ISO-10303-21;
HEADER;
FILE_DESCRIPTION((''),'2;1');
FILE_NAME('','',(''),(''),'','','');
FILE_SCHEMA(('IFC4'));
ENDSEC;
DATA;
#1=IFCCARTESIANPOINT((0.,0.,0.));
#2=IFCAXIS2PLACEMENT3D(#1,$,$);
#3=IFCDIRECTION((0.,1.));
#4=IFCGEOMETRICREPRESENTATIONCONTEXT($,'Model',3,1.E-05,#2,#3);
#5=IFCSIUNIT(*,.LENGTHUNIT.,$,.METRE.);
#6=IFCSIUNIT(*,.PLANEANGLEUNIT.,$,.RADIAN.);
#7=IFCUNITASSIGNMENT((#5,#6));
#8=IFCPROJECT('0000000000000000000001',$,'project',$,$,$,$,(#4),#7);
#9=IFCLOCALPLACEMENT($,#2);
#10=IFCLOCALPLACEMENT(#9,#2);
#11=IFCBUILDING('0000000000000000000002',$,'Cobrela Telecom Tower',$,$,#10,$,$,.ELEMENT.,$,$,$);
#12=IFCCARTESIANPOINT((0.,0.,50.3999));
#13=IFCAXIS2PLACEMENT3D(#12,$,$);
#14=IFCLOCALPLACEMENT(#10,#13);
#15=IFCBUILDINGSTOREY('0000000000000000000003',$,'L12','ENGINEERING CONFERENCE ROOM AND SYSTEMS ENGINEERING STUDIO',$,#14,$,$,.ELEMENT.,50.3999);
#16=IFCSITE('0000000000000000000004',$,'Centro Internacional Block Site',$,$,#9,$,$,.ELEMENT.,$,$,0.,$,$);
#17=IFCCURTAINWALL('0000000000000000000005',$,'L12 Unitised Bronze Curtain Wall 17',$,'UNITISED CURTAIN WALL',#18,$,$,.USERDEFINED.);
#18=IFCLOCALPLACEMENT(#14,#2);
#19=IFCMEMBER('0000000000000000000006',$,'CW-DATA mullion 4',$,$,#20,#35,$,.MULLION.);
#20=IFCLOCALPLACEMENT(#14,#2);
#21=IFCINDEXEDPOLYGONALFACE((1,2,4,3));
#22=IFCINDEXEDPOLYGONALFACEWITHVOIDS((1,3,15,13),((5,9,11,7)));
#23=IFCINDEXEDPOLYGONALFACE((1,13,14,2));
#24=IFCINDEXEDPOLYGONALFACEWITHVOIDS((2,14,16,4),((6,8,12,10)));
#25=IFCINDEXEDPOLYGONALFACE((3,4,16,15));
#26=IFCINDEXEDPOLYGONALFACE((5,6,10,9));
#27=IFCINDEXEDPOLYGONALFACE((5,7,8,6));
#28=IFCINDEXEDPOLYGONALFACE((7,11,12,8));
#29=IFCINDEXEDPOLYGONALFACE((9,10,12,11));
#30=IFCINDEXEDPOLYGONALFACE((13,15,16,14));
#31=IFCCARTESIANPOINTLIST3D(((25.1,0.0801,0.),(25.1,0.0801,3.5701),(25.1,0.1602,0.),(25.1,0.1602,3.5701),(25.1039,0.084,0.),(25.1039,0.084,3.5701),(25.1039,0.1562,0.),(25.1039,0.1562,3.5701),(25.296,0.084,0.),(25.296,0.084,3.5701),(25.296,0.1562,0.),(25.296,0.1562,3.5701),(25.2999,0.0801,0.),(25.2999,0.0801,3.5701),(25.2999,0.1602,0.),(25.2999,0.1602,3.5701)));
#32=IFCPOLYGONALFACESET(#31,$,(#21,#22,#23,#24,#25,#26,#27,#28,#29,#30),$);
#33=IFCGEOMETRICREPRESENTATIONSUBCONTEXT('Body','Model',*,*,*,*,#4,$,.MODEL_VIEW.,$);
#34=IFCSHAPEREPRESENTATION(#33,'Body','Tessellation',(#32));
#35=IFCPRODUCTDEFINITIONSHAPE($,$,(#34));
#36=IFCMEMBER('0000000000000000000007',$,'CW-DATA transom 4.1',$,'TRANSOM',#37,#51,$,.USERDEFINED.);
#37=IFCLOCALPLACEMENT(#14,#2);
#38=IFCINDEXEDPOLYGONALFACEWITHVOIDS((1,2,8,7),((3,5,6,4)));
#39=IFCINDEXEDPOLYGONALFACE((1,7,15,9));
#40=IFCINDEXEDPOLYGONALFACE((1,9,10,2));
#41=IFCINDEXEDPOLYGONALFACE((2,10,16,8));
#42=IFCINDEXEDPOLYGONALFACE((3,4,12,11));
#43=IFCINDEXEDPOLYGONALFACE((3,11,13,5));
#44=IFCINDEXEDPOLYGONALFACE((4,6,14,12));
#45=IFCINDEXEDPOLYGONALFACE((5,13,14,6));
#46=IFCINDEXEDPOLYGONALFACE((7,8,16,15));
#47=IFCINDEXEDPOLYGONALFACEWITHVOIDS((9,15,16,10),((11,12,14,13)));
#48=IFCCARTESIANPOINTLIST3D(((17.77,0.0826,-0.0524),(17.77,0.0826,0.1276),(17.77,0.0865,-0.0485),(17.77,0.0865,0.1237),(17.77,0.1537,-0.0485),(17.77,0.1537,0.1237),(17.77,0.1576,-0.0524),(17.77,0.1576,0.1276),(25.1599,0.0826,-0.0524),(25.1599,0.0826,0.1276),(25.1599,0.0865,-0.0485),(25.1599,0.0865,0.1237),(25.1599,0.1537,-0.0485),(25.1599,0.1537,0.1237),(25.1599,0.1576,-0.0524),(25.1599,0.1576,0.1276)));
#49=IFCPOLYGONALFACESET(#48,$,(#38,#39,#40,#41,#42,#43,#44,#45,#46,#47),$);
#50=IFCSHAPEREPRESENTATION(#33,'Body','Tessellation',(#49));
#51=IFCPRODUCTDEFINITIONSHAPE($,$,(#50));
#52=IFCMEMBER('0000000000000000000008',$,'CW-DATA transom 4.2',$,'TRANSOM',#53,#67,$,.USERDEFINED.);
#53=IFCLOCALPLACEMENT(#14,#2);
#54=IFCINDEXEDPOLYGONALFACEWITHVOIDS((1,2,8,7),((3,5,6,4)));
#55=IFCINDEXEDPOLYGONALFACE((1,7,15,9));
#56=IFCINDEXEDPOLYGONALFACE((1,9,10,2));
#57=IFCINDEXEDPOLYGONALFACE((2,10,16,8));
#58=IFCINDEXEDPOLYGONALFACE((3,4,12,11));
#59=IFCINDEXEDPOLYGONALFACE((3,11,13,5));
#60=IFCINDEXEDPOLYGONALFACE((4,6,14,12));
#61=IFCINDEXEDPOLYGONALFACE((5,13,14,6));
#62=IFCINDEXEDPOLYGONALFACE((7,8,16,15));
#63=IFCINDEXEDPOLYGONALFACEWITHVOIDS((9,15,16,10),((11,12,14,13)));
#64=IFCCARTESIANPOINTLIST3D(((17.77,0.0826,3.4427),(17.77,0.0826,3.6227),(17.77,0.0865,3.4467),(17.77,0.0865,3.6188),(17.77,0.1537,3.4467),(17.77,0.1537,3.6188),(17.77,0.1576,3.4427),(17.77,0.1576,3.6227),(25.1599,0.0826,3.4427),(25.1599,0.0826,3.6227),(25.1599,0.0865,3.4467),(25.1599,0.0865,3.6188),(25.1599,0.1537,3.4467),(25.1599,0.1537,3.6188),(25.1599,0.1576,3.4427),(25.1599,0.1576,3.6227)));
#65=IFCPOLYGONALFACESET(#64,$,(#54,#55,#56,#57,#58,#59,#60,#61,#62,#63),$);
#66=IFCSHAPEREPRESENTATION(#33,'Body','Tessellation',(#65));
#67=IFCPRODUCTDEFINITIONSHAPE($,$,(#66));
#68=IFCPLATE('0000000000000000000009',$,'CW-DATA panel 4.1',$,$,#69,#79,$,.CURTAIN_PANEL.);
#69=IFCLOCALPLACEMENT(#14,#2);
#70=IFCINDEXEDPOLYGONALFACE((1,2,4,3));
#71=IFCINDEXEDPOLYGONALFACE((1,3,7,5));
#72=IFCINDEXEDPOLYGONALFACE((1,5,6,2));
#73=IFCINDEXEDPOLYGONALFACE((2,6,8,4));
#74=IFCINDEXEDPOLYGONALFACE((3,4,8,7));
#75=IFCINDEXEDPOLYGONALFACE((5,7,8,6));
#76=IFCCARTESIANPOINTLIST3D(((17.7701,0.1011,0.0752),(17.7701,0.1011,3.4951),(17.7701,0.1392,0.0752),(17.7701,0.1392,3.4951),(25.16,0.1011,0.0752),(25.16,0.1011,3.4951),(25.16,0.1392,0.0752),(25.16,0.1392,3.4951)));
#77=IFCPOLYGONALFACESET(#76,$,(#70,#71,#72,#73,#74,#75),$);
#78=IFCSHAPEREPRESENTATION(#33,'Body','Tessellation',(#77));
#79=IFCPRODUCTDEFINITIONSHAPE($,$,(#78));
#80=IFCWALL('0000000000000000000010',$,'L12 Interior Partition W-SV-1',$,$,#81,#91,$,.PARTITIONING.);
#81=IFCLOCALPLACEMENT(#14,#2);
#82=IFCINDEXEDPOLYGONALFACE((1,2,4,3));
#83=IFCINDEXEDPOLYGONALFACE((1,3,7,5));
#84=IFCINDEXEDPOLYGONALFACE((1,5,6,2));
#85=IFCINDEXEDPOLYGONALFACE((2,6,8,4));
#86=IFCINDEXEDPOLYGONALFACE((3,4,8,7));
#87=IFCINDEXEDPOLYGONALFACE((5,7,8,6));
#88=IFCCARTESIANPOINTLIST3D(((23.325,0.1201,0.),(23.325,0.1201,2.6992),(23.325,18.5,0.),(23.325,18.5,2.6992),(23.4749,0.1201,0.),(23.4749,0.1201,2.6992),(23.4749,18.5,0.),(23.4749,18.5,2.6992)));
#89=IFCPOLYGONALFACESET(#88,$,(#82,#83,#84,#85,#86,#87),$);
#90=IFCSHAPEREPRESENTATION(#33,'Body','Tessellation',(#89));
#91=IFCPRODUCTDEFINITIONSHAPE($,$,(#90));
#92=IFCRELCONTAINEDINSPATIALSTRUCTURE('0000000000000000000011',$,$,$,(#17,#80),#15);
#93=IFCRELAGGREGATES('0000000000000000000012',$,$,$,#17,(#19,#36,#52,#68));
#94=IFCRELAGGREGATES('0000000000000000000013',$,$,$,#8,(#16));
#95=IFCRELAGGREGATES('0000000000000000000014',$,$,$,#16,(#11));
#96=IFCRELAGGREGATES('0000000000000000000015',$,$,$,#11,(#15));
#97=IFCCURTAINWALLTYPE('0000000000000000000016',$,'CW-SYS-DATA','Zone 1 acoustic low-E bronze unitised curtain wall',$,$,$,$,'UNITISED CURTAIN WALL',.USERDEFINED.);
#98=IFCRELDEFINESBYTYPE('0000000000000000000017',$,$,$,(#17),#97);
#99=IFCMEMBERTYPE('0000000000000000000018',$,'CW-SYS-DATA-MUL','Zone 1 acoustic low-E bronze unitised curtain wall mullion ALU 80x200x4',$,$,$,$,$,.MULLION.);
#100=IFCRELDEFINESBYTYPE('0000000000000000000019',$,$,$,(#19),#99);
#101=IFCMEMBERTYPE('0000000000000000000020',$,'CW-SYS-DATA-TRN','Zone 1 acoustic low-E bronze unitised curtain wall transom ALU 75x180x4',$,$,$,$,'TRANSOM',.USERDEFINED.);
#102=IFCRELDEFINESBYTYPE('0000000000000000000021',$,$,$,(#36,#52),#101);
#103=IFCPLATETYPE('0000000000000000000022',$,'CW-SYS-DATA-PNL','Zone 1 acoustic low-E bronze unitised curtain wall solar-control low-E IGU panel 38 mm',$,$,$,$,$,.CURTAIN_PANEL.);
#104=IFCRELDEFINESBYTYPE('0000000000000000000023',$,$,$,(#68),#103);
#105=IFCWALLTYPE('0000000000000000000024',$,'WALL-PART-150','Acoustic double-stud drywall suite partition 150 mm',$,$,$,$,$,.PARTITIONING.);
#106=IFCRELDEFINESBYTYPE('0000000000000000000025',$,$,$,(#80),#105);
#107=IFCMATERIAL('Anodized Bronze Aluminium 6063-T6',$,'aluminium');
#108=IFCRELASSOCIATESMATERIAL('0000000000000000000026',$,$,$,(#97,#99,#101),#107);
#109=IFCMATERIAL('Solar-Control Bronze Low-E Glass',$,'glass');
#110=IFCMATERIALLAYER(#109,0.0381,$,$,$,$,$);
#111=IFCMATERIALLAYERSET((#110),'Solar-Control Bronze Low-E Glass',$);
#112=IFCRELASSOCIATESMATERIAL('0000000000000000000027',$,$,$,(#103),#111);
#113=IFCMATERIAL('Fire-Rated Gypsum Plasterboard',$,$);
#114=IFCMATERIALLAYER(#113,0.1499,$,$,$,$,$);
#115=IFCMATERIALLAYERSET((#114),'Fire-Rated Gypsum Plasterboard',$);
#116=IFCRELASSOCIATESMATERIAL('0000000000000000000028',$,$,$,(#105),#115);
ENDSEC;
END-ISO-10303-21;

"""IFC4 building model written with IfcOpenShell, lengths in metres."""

from ifc_helpers import new_model, si_unit, direction, frame, frame_2d, origin, origin_2d, place, context, subcontext, project, spatial, rectangle, hollow_rectangle, extrude, material, layer, layer_set, material_profile, profile_set, type_object, element, aggregate, save


model = new_model("IFC4")

# Units and contexts
model_context = context("Model", 3, precision=1e-05, world=origin(), true_north=direction((0.0, 1.0)))
body_context = subcontext(model_context, "Body", "Model", "MODEL_VIEW")
ifc_project = project(units=[si_unit("LENGTHUNIT", "METRE"), si_unit("PLANEANGLEUNIT", "RADIAN")], contexts=[model_context])

# Site, building, storey
site_placement = place(None, origin())
site = spatial("IfcSite", under=ifc_project, at=site_placement, Name="Centro Internacional Block Site", CompositionType="ELEMENT", RefElevation=0.0)
building_placement = place(site_placement, origin())
building = spatial("IfcBuilding", under=site, at=building_placement, Name="Cobrela Telecom Tower", CompositionType="ELEMENT")
storey_placement = place(building_placement, frame((0.0, 0.0, 50.3999)))
storey = spatial("IfcBuildingStorey", under=building, at=storey_placement, Name="L12", Description="ENGINEERING CONFERENCE ROOM AND SYSTEMS ENGINEERING STUDIO", CompositionType="ELEMENT", Elevation=50.3999)

# Curtain wall, members, plate
ifc_material_1 = material(Name="Anodized Bronze Aluminium 6063-T6", Category="aluminium")
curtain_wall_type = type_object("IfcCurtainWallType", Name="CW-SYS-DATA", Description="Zone 1 acoustic low-E bronze unitised curtain wall", ElementType="UNITISED CURTAIN WALL", PredefinedType="USERDEFINED", material=ifc_material_1)
curtain_wall_placement = place(storey_placement, origin())
curtain_wall = element("IfcCurtainWall", 1, at=curtain_wall_placement, inside=storey, type_object=curtain_wall_type, Name="L12 Unitised Bronze Curtain Wall 17", ObjectType="UNITISED CURTAIN WALL", PredefinedType="USERDEFINED")
ifc_material_profile_1 = material_profile(ifc_material_1, hollow_rectangle(XDim=0.0801, YDim=0.2, WallThickness=0.0039, at=origin_2d()), Name="ALU 80x200x4")
ifc_profile_set_1 = profile_set([ifc_material_profile_1], Name="Anodized Bronze Aluminium 6063-T6")
member_type_1 = type_object("IfcMemberType", Name="CW-SYS-DATA-MUL", Description="Zone 1 acoustic low-E bronze unitised curtain wall mullion ALU 80x200x4", PredefinedType="MULLION", material=ifc_profile_set_1)
member_1_placement = place(storey_placement, frame((25.2, 0.1201, 0.0), z_axis=(0.0, 0.0, 1.0), x_axis=(0.0, -1.0, 0.0)))
member_1 = element("IfcMember", 2, at=member_1_placement, type_object=member_type_1, Name="CW-DATA mullion 4", PredefinedType="MULLION", context=body_context, shape_type="SweptSolid", body=[
    extrude(hollow_rectangle(XDim=0.0801, YDim=0.2, WallThickness=0.0039, at=origin_2d()), origin(), (0.0, 0.0, 1.0), 3.5701),
])
ifc_material_profile_2 = material_profile(ifc_material_1, hollow_rectangle(XDim=0.075, YDim=0.1799, WallThickness=0.0039, at=origin_2d()), Name="ALU 75x180x4")
ifc_profile_set_2 = profile_set([ifc_material_profile_2], Name="Anodized Bronze Aluminium 6063-T6")
member_type_2 = type_object("IfcMemberType", Name="CW-SYS-DATA-TRN", Description="Zone 1 acoustic low-E bronze unitised curtain wall transom ALU 75x180x4", ElementType="TRANSOM", PredefinedType="USERDEFINED", material=ifc_profile_set_2)
member_2_placement = place(storey_placement, frame((25.1599, 0.1201, 0.0376), z_axis=(-1.0, 0.0, 0.0), x_axis=(0.0, -1.0, 0.0)))
member_2 = element("IfcMember", 3, at=member_2_placement, type_object=member_type_2, Name="CW-DATA transom 4.1", ObjectType="TRANSOM", PredefinedType="USERDEFINED", context=body_context, shape_type="SweptSolid", body=[
    extrude(hollow_rectangle(XDim=0.075, YDim=0.1799, WallThickness=0.0039, at=origin_2d()), origin(), (0.0, 0.0, 1.0), 7.3899),
])
member_3_placement = place(storey_placement, frame((25.1599, 0.1201, 3.5327), z_axis=(-1.0, 0.0, 0.0), x_axis=(0.0, -1.0, 0.0)))
member_3 = element("IfcMember", 4, at=member_3_placement, type_object=member_type_2, Name="CW-DATA transom 4.2", ObjectType="TRANSOM", PredefinedType="USERDEFINED", context=body_context, shape_type="SweptSolid", body=[
    extrude(hollow_rectangle(XDim=0.075, YDim=0.1799, WallThickness=0.0039, at=origin_2d()), origin(), (0.0, 0.0, 1.0), 7.3899),
])
ifc_material_2 = material(Name="Solar-Control Bronze Low-E Glass", Category="glass")
ifc_layer_1 = layer(ifc_material_2, 0.0381)
ifc_layer_set_1 = layer_set([ifc_layer_1], Name="Solar-Control Bronze Low-E Glass")
plate_type = type_object("IfcPlateType", Name="CW-SYS-DATA-PNL", Description="Zone 1 acoustic low-E bronze unitised curtain wall solar-control low-E IGU panel 38 mm", PredefinedType="CURTAIN_PANEL", material=ifc_layer_set_1)
plate_placement = place(storey_placement, frame((21.4651, 0.1201, 0.0752), z_axis=(0.0, 0.0, 1.0), x_axis=(-1.0, 0.0, 0.0)))
plate = element("IfcPlate", 5, at=plate_placement, type_object=plate_type, Name="CW-DATA panel 4.1", PredefinedType="CURTAIN_PANEL", context=body_context, shape_type="SweptSolid", body=[
    extrude(rectangle(XDim=7.3899, YDim=0.0381, at=origin_2d()), origin(), (0.0, 0.0, 1.0), 3.4199),
])
aggregate(curtain_wall, [member_1, member_2, member_3, plate])

# Wall
ifc_material_3 = material(Name="Fire-Rated Gypsum Plasterboard")
ifc_layer_2 = layer(ifc_material_3, 0.1499)
ifc_layer_set_2 = layer_set([ifc_layer_2], Name="Fire-Rated Gypsum Plasterboard")
wall_type = type_object("IfcWallType", Name="WALL-PART-150", Description="Acoustic double-stud drywall suite partition 150 mm", PredefinedType="PARTITIONING", material=ifc_layer_set_2)
wall_placement = place(storey_placement, frame((23.3999, 0.1201, 0.0), z_axis=(0.0, 0.0, 1.0), x_axis=(0.0, 1.0, 0.0)))
element("IfcWall", 6, at=wall_placement, inside=storey, type_object=wall_type, Name="L12 Interior Partition W-SV-1", PredefinedType="PARTITIONING", context=body_context, shape_type="SweptSolid", body=[
    extrude(rectangle(XDim=18.3799, YDim=0.1499, at=frame_2d((9.1899, 0.0))), origin(), (0.0, 0.0, 1.0), 2.6992),
])

save(model, "model.ifc")
